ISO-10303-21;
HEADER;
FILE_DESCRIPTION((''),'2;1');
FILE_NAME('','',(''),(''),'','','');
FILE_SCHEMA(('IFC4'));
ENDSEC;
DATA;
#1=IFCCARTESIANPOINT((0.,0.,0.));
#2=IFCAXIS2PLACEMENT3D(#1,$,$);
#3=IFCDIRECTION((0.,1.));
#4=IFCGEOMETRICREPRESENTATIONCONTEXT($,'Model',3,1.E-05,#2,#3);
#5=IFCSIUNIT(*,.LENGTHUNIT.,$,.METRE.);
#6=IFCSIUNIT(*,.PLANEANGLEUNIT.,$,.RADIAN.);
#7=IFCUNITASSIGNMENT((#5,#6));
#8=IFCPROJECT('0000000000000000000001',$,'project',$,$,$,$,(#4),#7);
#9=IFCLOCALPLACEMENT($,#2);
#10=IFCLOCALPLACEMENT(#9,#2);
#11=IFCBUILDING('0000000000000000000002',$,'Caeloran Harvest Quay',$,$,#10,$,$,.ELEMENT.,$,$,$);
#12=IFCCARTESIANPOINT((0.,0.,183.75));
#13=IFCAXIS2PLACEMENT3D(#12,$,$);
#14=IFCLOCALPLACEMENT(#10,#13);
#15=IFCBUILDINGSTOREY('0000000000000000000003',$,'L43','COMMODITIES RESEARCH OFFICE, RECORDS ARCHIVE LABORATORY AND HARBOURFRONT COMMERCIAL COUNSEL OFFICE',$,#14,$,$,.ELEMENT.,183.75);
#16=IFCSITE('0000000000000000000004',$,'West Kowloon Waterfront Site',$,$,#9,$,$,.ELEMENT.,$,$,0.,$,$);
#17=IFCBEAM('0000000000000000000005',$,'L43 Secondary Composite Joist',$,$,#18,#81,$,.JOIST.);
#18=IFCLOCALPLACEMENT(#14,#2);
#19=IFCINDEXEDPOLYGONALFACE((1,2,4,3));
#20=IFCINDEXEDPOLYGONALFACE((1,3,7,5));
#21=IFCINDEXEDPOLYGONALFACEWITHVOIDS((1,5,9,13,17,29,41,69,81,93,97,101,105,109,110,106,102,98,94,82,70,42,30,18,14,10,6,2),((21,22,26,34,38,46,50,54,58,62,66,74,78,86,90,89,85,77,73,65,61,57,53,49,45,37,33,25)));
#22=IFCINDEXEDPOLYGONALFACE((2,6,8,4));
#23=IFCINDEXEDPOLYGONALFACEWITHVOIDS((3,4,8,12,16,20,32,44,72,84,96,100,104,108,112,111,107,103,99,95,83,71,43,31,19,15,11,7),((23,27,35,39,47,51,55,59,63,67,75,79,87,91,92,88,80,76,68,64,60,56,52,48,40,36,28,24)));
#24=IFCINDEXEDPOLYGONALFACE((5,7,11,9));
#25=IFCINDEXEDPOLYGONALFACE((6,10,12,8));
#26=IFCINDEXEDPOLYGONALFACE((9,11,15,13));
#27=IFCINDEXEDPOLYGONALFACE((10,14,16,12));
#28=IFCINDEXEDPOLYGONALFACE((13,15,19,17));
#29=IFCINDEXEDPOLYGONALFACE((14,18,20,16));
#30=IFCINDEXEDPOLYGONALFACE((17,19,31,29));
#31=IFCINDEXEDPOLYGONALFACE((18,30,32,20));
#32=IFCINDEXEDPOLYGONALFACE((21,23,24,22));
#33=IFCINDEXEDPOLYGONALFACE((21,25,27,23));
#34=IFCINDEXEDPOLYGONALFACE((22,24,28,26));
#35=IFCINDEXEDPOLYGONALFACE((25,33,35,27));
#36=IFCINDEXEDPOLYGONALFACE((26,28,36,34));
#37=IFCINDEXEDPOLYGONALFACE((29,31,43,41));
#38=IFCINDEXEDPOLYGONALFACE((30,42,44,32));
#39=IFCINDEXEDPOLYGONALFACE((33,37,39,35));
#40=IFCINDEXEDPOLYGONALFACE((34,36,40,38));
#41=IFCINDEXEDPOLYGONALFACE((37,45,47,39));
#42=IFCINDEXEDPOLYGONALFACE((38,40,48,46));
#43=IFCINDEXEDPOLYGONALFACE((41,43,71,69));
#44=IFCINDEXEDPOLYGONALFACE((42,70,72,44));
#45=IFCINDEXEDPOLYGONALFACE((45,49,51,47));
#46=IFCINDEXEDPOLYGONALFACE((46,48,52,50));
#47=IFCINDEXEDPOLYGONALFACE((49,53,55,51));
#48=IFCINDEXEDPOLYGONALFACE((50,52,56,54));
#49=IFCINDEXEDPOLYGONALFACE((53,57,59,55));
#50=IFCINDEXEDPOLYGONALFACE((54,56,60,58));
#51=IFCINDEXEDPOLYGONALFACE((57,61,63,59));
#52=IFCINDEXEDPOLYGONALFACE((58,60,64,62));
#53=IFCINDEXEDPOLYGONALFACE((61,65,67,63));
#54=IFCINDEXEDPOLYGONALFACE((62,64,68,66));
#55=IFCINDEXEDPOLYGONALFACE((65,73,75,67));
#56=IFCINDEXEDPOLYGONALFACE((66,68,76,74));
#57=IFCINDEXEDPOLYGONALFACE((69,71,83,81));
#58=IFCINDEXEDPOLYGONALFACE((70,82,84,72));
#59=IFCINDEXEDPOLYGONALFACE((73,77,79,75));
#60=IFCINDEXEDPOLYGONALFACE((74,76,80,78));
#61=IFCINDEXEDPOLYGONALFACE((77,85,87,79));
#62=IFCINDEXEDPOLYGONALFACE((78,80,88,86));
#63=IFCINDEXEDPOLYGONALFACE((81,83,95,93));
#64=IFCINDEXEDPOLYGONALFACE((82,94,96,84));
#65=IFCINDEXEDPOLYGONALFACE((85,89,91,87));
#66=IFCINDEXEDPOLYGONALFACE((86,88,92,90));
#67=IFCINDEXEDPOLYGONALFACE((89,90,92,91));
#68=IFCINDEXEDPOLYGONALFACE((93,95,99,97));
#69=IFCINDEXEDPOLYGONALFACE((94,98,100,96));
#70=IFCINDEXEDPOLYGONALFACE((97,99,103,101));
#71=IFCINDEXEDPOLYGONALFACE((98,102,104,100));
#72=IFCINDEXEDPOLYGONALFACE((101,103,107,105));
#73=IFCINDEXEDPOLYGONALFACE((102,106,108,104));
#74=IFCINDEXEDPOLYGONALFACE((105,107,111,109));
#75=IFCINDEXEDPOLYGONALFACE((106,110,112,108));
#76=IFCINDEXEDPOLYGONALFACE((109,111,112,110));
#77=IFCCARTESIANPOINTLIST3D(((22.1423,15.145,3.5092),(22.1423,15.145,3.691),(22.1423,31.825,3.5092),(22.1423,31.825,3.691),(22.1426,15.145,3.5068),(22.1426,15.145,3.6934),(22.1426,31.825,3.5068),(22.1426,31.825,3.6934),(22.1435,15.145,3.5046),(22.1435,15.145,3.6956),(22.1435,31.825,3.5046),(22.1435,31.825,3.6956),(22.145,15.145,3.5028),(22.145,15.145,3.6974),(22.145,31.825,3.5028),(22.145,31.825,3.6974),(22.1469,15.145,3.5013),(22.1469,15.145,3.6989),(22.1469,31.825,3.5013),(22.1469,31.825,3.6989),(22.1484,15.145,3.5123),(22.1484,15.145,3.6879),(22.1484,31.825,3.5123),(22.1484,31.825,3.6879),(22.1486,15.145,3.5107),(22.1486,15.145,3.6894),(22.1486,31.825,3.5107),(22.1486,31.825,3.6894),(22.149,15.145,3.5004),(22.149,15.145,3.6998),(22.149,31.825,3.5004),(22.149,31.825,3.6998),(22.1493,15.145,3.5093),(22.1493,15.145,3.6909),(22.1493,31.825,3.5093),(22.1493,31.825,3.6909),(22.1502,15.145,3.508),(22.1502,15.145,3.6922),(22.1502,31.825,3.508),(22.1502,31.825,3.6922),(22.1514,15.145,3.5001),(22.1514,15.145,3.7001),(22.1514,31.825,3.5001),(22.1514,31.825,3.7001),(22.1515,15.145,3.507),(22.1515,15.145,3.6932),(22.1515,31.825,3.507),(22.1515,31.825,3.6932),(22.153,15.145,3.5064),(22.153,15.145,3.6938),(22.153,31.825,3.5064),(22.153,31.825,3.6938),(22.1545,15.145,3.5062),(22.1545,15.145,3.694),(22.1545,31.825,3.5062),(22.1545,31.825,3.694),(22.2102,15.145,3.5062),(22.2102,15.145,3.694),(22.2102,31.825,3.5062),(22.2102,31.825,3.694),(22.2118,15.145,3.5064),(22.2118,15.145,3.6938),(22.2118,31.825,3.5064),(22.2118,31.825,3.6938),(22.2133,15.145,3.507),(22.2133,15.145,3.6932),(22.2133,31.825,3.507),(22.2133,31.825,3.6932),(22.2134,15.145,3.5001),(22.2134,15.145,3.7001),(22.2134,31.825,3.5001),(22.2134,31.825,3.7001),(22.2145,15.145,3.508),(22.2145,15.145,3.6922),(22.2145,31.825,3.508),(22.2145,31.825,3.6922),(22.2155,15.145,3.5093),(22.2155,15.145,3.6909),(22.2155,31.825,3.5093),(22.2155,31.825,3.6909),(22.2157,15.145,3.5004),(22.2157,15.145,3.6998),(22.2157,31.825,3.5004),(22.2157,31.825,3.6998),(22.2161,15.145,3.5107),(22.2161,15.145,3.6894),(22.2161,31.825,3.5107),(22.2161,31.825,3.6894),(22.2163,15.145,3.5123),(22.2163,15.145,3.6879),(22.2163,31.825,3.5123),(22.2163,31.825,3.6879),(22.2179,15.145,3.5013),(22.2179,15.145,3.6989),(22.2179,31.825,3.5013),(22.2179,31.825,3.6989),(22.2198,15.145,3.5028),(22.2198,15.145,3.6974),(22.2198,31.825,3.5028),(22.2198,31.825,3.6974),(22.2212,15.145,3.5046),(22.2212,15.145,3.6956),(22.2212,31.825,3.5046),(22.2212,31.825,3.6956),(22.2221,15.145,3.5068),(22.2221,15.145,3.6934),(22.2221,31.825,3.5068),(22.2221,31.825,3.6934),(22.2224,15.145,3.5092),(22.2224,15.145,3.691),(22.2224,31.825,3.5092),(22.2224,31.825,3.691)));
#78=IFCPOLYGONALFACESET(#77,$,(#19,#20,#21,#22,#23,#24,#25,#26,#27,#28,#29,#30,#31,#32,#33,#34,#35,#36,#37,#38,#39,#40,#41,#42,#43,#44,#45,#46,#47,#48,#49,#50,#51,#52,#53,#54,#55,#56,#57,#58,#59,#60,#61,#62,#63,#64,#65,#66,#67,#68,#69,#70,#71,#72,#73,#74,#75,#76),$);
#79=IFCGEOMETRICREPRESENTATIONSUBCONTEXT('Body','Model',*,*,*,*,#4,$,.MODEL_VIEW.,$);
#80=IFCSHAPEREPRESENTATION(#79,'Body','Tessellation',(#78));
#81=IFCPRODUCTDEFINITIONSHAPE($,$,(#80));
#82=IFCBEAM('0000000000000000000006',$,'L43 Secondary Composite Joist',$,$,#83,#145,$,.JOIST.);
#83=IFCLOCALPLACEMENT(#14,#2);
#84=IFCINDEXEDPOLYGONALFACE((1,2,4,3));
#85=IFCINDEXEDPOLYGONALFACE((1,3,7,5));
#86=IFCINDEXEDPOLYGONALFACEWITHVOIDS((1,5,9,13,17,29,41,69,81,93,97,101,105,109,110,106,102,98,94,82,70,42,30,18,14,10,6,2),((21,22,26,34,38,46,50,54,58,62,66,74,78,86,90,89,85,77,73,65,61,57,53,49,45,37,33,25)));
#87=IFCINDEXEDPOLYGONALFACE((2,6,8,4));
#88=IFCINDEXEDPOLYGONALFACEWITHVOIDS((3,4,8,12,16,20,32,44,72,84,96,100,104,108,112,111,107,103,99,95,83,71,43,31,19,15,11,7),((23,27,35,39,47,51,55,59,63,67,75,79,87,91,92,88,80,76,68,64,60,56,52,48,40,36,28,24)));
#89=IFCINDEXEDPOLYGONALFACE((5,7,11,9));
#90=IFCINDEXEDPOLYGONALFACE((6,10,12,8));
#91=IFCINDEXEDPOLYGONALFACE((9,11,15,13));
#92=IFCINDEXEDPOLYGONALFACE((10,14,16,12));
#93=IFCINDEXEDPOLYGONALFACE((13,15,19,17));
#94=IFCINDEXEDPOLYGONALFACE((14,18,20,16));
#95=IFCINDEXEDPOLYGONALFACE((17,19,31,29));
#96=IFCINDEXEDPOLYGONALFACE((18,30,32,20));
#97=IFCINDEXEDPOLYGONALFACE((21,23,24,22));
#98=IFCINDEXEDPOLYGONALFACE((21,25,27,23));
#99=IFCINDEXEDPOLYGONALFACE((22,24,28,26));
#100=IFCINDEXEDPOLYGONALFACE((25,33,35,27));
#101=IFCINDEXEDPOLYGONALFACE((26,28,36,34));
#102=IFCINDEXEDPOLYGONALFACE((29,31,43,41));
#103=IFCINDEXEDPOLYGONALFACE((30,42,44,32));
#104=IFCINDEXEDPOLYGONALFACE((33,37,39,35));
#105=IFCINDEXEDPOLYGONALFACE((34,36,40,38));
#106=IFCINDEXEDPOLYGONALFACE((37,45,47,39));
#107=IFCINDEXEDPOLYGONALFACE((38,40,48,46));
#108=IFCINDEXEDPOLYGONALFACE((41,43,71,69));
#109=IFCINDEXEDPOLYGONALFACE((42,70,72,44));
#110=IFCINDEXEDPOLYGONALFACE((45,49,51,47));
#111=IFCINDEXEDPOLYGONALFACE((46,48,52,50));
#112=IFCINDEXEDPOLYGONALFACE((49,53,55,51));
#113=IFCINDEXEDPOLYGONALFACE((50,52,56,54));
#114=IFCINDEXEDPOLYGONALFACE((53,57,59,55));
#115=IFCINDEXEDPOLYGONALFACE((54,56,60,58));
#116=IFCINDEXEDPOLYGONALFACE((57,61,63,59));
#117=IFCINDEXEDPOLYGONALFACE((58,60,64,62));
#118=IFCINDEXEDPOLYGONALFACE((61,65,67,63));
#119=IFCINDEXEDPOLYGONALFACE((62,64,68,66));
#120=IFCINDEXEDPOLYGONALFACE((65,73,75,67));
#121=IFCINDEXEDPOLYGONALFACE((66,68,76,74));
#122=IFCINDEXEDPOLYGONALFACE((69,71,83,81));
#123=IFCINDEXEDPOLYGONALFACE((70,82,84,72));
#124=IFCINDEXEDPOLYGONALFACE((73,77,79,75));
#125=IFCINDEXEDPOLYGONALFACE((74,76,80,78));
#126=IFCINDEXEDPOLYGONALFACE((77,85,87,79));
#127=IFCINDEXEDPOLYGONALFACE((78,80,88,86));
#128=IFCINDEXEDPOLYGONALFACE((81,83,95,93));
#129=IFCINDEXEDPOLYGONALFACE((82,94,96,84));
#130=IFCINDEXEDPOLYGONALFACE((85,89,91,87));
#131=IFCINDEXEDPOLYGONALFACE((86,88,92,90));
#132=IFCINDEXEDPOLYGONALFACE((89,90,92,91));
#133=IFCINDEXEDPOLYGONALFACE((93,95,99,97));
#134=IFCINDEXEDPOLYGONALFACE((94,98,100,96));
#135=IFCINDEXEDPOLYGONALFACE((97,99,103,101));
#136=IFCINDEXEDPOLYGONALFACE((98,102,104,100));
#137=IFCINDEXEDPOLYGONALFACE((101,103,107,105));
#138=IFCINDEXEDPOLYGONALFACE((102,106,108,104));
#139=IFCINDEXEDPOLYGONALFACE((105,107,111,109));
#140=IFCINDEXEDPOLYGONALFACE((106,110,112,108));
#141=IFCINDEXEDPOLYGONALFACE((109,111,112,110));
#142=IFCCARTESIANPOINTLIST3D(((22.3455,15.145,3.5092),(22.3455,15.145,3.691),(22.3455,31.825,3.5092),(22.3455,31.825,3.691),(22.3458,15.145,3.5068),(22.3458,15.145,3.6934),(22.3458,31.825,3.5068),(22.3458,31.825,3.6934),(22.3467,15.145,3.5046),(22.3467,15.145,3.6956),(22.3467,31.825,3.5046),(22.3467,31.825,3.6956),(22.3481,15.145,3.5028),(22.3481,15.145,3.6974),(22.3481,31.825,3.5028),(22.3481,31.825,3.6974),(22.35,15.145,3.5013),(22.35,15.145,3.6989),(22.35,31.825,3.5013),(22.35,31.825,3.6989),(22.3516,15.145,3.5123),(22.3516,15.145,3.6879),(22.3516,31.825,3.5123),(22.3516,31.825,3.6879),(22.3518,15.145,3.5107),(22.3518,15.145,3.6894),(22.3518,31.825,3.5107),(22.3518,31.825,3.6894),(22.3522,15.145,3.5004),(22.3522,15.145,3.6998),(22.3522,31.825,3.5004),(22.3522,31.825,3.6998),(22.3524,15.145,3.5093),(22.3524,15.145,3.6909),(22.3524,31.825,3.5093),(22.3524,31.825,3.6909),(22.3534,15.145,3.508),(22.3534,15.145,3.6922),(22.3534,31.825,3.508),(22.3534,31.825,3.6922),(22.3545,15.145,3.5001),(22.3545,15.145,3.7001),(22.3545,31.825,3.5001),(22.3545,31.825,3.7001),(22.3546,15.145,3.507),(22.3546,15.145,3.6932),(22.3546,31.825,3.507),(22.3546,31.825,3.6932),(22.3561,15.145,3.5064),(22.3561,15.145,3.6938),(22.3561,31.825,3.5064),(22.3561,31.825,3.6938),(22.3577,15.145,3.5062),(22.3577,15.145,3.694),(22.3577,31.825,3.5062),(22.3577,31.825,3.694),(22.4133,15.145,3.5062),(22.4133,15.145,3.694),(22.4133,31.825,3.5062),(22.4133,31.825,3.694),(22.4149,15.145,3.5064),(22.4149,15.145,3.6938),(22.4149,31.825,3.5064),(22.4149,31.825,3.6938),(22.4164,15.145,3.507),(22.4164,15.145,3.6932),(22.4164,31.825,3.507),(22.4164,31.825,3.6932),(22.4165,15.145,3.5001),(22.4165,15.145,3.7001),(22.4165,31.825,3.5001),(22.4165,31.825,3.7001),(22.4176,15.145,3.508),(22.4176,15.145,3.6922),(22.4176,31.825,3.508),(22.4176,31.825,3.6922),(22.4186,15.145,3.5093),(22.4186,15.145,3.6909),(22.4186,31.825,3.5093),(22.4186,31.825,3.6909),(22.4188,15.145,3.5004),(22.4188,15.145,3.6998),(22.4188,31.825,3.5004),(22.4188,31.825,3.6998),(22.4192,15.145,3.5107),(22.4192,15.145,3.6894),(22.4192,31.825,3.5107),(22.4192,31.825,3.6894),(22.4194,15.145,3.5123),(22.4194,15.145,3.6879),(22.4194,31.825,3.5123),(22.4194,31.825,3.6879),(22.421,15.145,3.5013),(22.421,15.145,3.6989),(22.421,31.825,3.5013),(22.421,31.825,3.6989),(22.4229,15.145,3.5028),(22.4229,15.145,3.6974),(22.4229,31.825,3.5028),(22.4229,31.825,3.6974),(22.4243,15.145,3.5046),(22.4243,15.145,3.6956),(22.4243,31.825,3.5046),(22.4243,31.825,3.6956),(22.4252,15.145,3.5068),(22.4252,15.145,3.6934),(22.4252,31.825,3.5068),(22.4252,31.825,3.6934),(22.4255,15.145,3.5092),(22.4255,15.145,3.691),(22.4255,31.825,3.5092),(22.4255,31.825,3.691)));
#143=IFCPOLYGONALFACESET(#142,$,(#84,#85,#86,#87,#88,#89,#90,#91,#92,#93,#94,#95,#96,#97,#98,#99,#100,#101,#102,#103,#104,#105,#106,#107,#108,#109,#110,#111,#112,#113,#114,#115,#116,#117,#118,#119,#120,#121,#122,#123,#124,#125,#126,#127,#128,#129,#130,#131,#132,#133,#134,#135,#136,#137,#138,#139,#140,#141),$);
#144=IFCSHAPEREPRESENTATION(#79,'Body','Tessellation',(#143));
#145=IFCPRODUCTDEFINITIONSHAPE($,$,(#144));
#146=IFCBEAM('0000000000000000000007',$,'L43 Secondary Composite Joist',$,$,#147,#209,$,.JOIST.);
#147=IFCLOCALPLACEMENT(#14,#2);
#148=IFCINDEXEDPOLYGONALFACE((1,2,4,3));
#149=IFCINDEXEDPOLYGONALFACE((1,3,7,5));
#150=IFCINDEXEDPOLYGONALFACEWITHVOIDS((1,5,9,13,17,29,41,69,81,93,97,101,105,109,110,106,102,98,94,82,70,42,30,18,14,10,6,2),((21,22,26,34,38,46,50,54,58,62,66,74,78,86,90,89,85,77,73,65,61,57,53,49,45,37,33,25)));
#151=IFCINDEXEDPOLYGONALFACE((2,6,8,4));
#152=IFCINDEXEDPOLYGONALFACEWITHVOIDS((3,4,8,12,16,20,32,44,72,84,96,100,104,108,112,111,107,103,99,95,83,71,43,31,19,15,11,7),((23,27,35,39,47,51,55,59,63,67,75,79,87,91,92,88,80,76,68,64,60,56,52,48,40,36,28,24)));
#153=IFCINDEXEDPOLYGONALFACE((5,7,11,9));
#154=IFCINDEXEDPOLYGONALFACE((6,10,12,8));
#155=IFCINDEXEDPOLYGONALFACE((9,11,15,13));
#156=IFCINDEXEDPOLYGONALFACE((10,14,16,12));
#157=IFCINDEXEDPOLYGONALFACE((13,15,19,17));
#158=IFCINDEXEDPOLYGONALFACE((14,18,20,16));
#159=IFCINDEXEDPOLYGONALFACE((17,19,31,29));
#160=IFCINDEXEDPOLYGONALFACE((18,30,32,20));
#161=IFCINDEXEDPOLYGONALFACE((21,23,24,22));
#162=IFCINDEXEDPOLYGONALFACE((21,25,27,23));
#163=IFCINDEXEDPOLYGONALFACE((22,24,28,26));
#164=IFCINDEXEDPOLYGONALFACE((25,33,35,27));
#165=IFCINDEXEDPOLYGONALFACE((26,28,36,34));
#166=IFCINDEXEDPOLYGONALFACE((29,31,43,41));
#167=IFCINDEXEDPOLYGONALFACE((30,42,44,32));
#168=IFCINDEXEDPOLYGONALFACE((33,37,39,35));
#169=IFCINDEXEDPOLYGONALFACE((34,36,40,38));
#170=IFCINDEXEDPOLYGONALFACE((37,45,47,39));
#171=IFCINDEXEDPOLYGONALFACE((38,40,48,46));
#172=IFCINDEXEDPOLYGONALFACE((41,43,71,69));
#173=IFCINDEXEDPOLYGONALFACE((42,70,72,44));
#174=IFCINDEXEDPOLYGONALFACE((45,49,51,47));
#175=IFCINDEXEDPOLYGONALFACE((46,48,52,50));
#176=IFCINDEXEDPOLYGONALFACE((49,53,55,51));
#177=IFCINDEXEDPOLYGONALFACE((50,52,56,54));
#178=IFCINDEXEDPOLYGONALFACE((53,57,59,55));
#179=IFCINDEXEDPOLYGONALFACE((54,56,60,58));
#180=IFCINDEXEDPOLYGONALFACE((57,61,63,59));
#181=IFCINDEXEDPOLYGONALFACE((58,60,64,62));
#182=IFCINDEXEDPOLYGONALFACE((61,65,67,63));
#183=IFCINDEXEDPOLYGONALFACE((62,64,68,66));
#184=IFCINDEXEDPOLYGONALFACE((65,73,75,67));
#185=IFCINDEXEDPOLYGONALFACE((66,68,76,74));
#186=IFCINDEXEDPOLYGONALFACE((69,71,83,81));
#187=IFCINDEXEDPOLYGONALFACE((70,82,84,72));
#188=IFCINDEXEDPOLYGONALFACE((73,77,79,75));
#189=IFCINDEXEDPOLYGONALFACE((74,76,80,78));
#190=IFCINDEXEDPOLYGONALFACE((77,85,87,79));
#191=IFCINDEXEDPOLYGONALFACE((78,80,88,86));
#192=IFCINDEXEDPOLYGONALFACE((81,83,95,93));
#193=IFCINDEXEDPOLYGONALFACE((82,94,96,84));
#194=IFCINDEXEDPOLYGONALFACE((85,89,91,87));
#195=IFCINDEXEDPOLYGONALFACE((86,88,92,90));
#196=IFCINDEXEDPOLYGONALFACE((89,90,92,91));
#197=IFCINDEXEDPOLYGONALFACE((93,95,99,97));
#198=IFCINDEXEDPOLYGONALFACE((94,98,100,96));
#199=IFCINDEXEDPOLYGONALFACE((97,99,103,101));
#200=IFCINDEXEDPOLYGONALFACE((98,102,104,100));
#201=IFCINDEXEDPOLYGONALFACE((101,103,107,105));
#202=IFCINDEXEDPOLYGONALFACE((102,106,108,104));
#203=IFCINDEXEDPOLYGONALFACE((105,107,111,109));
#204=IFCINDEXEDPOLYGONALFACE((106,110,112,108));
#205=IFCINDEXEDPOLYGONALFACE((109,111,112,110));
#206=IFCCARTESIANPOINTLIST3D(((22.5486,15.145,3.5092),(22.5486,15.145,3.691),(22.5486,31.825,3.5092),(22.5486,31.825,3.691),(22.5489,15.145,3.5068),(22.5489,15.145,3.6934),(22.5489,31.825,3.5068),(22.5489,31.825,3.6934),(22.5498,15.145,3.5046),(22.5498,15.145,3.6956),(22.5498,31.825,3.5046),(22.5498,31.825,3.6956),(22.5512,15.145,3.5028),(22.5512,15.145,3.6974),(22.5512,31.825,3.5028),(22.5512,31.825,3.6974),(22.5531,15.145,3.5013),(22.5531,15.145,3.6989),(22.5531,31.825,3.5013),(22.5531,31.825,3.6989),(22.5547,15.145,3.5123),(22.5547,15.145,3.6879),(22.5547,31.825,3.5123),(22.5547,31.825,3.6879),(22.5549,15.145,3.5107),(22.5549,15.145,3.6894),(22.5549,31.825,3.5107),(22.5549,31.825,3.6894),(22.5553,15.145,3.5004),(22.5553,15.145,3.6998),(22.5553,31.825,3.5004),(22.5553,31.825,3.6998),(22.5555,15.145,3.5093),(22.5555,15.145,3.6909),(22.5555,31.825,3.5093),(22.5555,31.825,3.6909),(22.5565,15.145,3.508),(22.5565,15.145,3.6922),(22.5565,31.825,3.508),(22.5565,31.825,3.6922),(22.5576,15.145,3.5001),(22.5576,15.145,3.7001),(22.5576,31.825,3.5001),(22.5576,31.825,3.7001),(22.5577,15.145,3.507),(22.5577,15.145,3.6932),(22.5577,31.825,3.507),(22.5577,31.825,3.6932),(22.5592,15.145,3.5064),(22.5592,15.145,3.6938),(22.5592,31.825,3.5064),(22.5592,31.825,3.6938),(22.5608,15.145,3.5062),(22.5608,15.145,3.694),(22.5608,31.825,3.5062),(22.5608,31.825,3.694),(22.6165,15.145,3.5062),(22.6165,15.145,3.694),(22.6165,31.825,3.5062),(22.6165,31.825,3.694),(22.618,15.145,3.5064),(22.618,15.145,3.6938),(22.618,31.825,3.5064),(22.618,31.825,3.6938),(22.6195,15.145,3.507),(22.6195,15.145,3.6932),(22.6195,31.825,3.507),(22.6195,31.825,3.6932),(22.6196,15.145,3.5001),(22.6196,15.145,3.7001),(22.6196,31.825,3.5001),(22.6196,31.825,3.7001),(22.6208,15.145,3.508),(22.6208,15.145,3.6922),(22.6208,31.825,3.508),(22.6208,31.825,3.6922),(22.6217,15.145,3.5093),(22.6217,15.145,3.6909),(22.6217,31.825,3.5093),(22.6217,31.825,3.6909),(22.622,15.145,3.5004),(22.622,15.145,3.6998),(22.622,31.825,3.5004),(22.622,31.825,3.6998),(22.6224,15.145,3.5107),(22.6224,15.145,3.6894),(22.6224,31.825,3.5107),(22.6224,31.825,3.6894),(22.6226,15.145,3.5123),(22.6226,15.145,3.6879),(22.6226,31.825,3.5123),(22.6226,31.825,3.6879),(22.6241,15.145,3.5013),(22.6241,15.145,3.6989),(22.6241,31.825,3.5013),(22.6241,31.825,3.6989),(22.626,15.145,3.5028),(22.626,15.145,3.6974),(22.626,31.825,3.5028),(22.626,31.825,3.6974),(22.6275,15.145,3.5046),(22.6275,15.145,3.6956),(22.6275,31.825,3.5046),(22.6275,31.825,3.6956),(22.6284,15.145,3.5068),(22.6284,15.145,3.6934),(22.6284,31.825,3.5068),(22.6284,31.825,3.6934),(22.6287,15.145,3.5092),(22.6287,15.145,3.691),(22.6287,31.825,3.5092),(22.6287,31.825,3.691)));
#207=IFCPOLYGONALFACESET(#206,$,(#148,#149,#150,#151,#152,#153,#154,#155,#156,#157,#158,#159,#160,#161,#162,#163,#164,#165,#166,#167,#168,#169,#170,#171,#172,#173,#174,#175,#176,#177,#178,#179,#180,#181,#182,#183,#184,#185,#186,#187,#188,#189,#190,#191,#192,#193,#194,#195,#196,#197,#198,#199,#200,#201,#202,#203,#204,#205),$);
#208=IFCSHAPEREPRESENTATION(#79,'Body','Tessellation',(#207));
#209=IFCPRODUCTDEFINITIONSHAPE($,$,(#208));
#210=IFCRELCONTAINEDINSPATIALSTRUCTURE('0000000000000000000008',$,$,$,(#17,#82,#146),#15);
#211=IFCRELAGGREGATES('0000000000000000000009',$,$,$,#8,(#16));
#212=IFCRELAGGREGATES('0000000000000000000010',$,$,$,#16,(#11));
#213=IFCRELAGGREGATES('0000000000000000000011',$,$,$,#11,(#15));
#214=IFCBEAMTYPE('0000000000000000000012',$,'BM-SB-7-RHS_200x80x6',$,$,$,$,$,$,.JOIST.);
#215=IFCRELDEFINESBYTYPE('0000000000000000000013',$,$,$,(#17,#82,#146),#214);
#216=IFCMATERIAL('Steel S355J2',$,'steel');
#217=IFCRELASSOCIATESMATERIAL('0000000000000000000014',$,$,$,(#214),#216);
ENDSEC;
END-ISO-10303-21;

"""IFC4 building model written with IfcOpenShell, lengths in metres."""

from ifc_helpers import new_model, si_unit, direction, frame, origin, origin_2d, place, context, subcontext, project, spatial, hollow_rectangle, extrude, material, material_profile, profile_set, type_object, element, save


model = new_model("IFC4")

# Units and contexts
model_context = context("Model", 3, precision=1e-05, world=origin(), true_north=direction((0.0, 1.0)))
body_context = subcontext(model_context, "Body", "Model", "MODEL_VIEW")
ifc_project = project(units=[si_unit("LENGTHUNIT", "METRE"), si_unit("PLANEANGLEUNIT", "RADIAN")], contexts=[model_context])

# Site, building, storey
site_placement = place(None, origin())
site = spatial("IfcSite", under=ifc_project, at=site_placement, Name="West Kowloon Waterfront Site", CompositionType="ELEMENT", RefElevation=0.0)
building_placement = place(site_placement, origin())
building = spatial("IfcBuilding", under=site, at=building_placement, Name="Caeloran Harvest Quay", CompositionType="ELEMENT")
storey_placement = place(building_placement, frame((0.0, 0.0, 183.75)))
storey = spatial("IfcBuildingStorey", under=building, at=storey_placement, Name="L43", Description="COMMODITIES RESEARCH OFFICE, RECORDS ARCHIVE LABORATORY AND HARBOURFRONT COMMERCIAL COUNSEL OFFICE", CompositionType="ELEMENT", Elevation=183.75)

# Beams
ifc_material_1 = material(Name="Steel S355J2", Category="steel")
ifc_material_profile_1 = material_profile(ifc_material_1, hollow_rectangle(XDim=0.0801, YDim=0.2, WallThickness=0.0061, InnerFilletRadius=0.0061, OuterFilletRadius=0.009, at=origin_2d()), Name="RHS 200x80x6")
ifc_profile_set_1 = profile_set([ifc_material_profile_1], Name="Steel S355J2")
beam_type_1 = type_object("IfcBeamType", Name="BM-SB-7-RHS_200x80x6", PredefinedType="JOIST", material=ifc_profile_set_1)
for number, where, z_axis, x_axis, name in (
    (1, (22.1824, 15.145, 3.6001), (0.0, 1.0, 0.0), (-1.0, 0.0, 0.0), "L43 Secondary Composite Joist"),
    (2, (22.3855, 15.145, 3.6001), (0.0, 1.0, 0.0), (-1.0, 0.0, 0.0), "L43 Secondary Composite Joist"),
    (3, (22.5886, 15.145, 3.6001), (0.0, 1.0, 0.0), (-1.0, 0.0, 0.0), "L43 Secondary Composite Joist"),
):
    element("IfcBeam", number, at=place(storey_placement, frame(where, z_axis=z_axis, x_axis=x_axis)), inside=storey, type_object=beam_type_1, Name=name, PredefinedType="JOIST", context=body_context, shape_type="SweptSolid", body=[
        extrude(hollow_rectangle(XDim=0.0801, YDim=0.2, WallThickness=0.0061, InnerFilletRadius=0.0061, OuterFilletRadius=0.009, at=origin_2d()), origin(), (0.0, 0.0, 1.0), 16.6799),
    ])

save(model, "model.ifc")
